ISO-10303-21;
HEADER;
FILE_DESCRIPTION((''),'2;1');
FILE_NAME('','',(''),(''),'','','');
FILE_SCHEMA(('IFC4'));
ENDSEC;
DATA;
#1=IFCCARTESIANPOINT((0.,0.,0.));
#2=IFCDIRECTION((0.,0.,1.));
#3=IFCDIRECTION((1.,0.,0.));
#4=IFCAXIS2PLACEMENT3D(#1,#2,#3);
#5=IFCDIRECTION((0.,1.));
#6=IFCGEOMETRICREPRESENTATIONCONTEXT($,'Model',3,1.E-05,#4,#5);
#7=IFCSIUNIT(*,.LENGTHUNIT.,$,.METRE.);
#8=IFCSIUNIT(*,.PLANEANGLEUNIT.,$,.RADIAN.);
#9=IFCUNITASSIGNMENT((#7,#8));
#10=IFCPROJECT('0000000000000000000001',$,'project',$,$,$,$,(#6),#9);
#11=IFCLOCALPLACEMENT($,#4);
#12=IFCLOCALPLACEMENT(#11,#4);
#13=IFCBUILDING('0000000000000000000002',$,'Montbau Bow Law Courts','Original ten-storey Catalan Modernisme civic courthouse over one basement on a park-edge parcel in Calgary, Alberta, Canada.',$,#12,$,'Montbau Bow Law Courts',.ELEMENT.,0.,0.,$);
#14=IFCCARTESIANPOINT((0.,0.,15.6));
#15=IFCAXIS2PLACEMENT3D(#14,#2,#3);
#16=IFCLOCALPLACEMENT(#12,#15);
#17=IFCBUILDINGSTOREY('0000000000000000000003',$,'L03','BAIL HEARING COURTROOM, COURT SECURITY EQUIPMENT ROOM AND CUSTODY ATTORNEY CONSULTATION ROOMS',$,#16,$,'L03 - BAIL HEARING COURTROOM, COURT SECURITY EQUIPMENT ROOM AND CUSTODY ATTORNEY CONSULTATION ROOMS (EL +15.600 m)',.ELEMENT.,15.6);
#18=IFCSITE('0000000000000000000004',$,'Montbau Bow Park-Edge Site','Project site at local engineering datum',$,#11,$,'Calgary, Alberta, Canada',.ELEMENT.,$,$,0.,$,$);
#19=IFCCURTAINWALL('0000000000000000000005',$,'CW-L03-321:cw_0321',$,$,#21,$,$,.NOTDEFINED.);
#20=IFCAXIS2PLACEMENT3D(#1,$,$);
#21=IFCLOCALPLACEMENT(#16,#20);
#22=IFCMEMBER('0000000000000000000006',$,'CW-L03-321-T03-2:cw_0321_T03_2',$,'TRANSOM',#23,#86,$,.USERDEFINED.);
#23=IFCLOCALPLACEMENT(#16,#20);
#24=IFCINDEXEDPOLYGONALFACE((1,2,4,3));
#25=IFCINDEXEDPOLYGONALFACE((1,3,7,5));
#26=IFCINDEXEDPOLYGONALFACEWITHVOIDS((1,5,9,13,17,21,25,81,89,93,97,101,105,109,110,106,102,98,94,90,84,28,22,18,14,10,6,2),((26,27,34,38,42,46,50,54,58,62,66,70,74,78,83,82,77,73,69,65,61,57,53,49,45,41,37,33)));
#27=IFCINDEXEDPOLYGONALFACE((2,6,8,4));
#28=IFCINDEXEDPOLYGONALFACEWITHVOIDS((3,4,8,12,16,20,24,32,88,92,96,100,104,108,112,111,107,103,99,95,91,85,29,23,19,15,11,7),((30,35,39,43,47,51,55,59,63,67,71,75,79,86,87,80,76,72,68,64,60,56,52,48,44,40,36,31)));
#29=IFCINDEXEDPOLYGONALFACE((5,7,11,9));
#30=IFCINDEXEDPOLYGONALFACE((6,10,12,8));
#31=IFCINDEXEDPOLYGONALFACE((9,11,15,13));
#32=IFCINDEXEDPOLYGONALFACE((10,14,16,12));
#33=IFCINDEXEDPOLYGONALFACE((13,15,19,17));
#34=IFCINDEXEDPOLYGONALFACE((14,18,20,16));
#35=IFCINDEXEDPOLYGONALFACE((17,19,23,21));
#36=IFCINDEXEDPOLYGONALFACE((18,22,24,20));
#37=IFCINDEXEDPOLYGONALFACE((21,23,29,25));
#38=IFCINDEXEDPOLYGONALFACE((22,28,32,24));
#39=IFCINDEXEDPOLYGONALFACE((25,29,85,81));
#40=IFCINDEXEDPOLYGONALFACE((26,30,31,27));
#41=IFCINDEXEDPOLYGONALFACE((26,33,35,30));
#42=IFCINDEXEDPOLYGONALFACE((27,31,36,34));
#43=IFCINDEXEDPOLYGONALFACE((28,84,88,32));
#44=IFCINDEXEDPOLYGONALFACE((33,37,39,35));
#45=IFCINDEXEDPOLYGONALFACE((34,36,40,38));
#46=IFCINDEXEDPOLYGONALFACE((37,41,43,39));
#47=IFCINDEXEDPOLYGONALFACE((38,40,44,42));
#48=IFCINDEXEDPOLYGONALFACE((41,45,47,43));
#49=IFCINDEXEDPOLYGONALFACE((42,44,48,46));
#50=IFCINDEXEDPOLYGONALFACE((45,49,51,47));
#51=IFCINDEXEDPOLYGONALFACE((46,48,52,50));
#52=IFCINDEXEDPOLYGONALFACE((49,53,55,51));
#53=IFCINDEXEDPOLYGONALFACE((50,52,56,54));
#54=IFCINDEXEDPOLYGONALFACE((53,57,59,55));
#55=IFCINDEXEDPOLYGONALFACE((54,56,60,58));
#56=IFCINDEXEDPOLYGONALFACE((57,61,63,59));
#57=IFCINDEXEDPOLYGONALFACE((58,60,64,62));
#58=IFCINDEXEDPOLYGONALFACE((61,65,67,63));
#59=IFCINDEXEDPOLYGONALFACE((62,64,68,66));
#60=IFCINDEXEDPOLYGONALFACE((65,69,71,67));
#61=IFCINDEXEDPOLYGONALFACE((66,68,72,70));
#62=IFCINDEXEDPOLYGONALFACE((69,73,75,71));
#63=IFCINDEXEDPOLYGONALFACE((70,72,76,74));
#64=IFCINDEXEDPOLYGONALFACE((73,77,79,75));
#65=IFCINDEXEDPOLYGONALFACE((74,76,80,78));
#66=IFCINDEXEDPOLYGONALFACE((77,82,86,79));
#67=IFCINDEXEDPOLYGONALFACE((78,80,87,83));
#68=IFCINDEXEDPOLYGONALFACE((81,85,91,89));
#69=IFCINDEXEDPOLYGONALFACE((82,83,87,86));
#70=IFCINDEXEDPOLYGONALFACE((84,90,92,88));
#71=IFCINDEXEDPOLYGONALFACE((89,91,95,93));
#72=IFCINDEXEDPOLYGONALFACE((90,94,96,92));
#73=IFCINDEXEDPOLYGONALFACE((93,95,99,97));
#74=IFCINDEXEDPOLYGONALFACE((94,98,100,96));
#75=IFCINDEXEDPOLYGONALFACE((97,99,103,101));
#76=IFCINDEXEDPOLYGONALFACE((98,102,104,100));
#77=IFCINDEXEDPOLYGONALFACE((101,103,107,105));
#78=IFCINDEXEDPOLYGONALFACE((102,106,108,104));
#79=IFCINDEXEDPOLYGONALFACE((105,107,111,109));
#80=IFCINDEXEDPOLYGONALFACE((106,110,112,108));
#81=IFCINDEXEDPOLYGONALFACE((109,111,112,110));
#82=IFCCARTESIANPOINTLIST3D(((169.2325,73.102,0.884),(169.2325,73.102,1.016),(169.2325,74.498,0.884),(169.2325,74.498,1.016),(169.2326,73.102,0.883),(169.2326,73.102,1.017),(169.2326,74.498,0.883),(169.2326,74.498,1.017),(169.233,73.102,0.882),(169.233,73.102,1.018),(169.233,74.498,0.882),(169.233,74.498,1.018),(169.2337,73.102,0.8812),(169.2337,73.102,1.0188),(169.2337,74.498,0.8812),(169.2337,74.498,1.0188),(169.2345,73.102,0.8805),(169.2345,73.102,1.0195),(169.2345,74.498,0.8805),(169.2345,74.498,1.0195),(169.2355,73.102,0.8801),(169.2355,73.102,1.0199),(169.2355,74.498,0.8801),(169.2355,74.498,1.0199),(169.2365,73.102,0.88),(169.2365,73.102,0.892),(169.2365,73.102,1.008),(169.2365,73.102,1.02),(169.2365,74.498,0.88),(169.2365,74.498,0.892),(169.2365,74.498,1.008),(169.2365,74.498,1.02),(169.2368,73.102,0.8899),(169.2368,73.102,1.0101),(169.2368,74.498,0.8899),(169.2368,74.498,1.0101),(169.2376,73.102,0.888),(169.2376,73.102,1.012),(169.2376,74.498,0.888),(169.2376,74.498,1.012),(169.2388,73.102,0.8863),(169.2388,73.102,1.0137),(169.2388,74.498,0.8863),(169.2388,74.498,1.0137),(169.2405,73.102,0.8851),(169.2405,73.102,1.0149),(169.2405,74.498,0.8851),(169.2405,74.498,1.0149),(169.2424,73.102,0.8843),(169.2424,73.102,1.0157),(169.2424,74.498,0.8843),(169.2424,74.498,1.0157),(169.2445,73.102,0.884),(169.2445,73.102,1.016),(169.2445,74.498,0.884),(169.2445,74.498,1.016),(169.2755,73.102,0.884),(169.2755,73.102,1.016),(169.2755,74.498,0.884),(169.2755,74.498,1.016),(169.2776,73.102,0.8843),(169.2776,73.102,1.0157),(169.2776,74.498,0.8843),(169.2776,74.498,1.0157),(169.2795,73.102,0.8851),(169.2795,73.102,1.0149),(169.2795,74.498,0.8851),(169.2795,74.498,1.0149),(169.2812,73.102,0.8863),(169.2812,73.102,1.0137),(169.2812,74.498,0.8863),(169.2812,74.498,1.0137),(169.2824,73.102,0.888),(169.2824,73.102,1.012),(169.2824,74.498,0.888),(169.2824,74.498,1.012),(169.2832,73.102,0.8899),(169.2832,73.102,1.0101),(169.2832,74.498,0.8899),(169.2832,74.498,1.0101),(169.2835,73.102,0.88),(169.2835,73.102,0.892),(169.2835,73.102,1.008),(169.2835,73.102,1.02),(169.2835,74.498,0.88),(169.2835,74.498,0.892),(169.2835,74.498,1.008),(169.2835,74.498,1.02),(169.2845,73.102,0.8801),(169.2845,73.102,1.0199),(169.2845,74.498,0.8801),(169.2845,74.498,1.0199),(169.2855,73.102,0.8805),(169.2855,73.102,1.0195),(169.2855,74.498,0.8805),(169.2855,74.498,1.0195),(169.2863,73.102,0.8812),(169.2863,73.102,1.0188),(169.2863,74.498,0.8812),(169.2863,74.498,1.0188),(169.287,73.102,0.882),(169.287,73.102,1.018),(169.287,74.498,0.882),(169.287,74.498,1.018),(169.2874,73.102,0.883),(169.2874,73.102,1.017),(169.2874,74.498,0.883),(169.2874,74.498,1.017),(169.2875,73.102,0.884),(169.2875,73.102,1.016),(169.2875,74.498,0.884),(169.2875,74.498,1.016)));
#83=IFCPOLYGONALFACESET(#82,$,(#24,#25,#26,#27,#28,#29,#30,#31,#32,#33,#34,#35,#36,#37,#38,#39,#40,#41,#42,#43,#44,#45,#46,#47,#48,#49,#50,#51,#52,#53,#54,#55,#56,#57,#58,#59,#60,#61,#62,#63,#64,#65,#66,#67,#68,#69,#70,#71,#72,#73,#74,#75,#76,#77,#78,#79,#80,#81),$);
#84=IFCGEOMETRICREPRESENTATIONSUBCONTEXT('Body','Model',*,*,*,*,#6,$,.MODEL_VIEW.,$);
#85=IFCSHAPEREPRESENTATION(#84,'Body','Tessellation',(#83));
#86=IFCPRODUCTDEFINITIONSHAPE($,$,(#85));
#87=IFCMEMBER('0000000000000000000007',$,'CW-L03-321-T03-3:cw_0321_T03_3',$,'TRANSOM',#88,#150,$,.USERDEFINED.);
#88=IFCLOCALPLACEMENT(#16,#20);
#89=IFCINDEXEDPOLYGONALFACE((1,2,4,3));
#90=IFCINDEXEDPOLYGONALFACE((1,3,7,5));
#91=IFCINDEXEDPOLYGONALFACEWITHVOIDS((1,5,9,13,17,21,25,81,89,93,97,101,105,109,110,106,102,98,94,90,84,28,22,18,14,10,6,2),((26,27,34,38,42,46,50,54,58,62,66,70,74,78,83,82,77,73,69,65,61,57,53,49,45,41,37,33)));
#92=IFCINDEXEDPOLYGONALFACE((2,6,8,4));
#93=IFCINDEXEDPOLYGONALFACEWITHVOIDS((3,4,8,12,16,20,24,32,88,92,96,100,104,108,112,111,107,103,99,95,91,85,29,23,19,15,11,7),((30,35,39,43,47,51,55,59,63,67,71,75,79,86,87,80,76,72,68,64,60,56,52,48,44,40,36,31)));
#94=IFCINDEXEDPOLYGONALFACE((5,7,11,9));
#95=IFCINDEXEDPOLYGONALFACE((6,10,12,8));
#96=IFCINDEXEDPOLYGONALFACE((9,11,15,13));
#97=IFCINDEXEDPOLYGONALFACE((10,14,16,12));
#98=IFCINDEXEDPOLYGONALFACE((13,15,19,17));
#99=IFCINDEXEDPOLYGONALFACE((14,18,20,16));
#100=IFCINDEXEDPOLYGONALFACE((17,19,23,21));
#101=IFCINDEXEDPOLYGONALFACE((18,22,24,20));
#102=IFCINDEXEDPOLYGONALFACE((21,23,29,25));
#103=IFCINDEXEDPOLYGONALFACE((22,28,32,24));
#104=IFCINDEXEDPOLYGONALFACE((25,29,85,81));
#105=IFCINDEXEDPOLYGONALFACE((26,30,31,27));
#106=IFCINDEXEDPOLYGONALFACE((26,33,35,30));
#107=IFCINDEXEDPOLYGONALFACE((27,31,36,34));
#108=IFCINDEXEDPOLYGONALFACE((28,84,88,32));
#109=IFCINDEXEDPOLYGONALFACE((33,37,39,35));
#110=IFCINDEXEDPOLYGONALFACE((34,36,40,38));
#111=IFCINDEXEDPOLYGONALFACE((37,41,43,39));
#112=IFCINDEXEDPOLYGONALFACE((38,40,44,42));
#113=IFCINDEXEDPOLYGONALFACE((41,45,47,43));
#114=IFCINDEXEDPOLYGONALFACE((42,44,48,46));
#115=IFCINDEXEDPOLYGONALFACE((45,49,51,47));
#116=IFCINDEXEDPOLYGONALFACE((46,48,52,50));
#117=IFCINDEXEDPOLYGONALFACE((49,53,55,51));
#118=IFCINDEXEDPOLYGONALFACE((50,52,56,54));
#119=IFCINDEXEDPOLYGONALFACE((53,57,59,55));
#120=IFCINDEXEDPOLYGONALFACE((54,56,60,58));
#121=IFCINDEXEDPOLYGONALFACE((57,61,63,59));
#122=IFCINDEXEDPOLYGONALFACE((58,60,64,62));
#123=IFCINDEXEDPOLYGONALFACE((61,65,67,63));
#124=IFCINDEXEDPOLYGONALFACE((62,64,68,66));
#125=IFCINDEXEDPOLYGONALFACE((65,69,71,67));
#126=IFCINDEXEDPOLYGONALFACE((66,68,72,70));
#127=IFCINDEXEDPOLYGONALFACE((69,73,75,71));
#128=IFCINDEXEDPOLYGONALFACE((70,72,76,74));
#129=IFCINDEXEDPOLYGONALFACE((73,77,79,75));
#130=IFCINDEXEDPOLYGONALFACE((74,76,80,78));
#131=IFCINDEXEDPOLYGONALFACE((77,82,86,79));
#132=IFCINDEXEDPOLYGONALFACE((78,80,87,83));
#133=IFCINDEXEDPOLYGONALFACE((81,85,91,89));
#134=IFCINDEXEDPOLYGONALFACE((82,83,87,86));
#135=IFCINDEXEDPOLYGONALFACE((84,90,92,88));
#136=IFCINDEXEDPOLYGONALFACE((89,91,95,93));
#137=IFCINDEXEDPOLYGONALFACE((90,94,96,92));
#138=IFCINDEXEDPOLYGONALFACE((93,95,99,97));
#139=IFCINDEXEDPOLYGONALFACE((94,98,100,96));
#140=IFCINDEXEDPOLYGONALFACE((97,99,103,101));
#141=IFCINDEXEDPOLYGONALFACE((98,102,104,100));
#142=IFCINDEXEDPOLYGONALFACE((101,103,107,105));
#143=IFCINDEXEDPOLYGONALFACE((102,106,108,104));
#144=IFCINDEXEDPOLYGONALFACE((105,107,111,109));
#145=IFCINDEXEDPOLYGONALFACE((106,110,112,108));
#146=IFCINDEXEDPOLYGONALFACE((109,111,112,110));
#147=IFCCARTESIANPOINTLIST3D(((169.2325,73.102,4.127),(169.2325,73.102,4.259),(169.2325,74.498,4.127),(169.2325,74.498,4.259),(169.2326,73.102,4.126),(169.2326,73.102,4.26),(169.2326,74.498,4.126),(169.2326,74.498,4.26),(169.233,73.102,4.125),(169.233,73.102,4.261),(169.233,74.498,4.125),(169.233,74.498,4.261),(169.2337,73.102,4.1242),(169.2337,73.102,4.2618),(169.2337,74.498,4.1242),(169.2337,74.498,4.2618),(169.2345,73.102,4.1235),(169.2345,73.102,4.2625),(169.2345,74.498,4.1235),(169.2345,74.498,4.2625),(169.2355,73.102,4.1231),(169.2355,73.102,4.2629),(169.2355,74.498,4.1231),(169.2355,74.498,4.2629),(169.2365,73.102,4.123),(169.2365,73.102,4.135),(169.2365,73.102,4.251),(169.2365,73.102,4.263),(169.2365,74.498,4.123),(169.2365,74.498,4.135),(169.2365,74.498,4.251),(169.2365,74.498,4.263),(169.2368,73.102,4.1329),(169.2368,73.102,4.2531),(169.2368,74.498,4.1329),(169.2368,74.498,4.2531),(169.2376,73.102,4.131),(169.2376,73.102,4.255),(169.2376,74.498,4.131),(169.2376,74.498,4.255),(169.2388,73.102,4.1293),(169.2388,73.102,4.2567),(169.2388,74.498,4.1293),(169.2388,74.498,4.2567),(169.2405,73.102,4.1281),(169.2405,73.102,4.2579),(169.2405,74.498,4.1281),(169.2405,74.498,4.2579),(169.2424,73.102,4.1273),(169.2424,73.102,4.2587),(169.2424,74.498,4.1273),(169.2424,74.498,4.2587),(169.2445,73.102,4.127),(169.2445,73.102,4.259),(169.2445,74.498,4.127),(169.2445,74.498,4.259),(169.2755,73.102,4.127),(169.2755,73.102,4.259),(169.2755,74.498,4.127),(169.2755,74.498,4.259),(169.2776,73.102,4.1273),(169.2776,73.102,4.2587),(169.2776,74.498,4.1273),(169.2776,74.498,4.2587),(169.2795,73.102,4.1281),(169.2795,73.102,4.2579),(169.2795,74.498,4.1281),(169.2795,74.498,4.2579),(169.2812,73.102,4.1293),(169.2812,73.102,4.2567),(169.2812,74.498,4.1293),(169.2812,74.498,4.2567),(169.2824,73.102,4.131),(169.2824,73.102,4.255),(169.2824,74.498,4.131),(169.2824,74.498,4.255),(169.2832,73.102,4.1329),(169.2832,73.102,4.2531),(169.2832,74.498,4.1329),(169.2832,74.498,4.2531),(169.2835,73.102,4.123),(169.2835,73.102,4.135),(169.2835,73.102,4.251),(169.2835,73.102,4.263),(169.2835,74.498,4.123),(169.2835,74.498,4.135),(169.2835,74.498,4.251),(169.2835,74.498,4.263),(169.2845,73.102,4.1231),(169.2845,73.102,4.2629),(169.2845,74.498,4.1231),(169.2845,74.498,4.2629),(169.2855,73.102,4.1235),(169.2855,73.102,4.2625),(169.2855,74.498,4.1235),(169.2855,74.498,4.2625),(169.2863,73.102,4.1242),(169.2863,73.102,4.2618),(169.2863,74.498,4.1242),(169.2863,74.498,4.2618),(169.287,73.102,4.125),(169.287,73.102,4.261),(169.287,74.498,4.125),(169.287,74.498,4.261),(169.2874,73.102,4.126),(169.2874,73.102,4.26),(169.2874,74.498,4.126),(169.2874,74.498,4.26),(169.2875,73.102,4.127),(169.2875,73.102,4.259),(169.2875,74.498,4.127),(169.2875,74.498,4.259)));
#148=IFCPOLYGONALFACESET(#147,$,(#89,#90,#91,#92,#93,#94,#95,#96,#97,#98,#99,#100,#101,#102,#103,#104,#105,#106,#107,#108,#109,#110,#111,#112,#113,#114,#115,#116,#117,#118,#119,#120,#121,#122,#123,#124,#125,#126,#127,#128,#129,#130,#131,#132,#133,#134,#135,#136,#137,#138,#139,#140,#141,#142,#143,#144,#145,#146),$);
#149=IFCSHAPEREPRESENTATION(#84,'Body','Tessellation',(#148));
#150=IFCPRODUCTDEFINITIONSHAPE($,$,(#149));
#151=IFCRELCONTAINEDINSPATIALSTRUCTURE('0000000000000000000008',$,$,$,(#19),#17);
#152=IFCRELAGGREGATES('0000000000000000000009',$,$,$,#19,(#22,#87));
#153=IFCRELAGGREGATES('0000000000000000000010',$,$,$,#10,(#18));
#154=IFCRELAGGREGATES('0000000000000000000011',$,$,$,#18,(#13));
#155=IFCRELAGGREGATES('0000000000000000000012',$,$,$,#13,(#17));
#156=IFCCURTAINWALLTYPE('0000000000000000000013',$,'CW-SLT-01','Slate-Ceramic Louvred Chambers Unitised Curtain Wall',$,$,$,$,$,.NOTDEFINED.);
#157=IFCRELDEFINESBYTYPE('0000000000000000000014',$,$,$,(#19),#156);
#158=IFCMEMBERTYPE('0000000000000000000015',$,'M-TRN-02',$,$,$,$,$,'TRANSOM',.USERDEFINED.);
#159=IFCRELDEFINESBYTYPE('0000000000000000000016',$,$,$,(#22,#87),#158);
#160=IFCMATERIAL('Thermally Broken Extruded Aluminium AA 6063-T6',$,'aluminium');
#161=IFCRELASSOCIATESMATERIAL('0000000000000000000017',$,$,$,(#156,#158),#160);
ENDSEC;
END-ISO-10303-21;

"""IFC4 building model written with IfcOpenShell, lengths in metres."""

from ifc_helpers import new_model, si_unit, direction, frame, origin_with_axes, origin_2d_with_axis, place, context, subcontext, project, spatial, hollow_rectangle, extrude, material, material_profile, profile_set, type_object, element, aggregate, save


model = new_model("IFC4")

# Units and contexts
model_context = context("Model", 3, precision=1e-05, world=origin_with_axes(), true_north=direction((0.0, 1.0)))
body_context = subcontext(model_context, "Body", "Model", "MODEL_VIEW")
ifc_project = project(units=[si_unit("LENGTHUNIT", "METRE"), si_unit("PLANEANGLEUNIT", "RADIAN")], contexts=[model_context])

# Site, building, storey
site_placement = place(None, origin_with_axes())
site = spatial("IfcSite", under=ifc_project, at=site_placement, Name="Montbau Bow Park-Edge Site", Description="Project site at local engineering datum", LongName="Calgary, Alberta, Canada", CompositionType="ELEMENT", RefElevation=0.0)
building_placement = place(site_placement, origin_with_axes())
building = spatial("IfcBuilding", under=site, at=building_placement, Name="Montbau Bow Law Courts", Description="Original ten-storey Catalan Modernisme civic courthouse over one basement on a park-edge parcel in Calgary, Alberta, Canada.", LongName="Montbau Bow Law Courts", CompositionType="ELEMENT", ElevationOfRefHeight=0.0, ElevationOfTerrain=0.0)
storey_placement = place(building_placement, frame((0.0, 0.0, 15.6), z_axis=(0.0, 0.0, 1.0), x_axis=(1.0, 0.0, 0.0)))
storey = spatial("IfcBuildingStorey", under=building, at=storey_placement, Name="L03", Description="BAIL HEARING COURTROOM, COURT SECURITY EQUIPMENT ROOM AND CUSTODY ATTORNEY CONSULTATION ROOMS", LongName="L03 - BAIL HEARING COURTROOM, COURT SECURITY EQUIPMENT ROOM AND CUSTODY ATTORNEY CONSULTATION ROOMS (EL +15.600 m)", CompositionType="ELEMENT", Elevation=15.6)

# Curtain wall, members
ifc_material_1 = material(Name="Thermally Broken Extruded Aluminium AA 6063-T6", Category="aluminium")
curtain_wall_type = type_object("IfcCurtainWallType", Name="CW-SLT-01", Description="Slate-Ceramic Louvred Chambers Unitised Curtain Wall", PredefinedType="NOTDEFINED", material=ifc_material_1)
curtain_wall_placement = place(None, frame((169.26, 70.115, 15.6), z_axis=(0.0, 0.0, 1.0), x_axis=(1.0, 0.0, 0.0)))
curtain_wall = element("IfcCurtainWall", 1, at=curtain_wall_placement, inside=storey, type_object=curtain_wall_type, Name="CW-L03-321:cw_0321", PredefinedType="NOTDEFINED")
ifc_material_profile_1 = material_profile(ifc_material_1, hollow_rectangle(XDim=0.055, YDim=0.14, WallThickness=0.004, InnerFilletRadius=0.008, OuterFilletRadius=0.004, at=origin_2d_with_axis()), Name="CWT-140X55", Category="Main", Priority=0)
ifc_profile_set_1 = profile_set([ifc_material_profile_1], Name="Thermally Broken Extruded Aluminium AA 6063-T6")
member_type_1 = type_object("IfcMemberType", Name="M-TRN-02", ElementType="TRANSOM", PredefinedType="USERDEFINED", material=ifc_profile_set_1)
member_1_placement = place(None, frame((169.26, 73.102, 16.55), z_axis=(0.0, 1.0, 0.0), x_axis=(-1.0, 0.0, 0.0)))
member_1 = element("IfcMember", 2, at=member_1_placement, type_object=member_type_1, Name="CW-L03-321-T03-2:cw_0321_T03_2", ObjectType="TRANSOM", PredefinedType="USERDEFINED", context=body_context, shape_type="SweptSolid", body=[
    extrude(hollow_rectangle(XDim=0.055, YDim=0.14, WallThickness=0.004, InnerFilletRadius=0.008, OuterFilletRadius=0.004, at=origin_2d_with_axis()), origin_with_axes(), (0.0, 0.0, 1.0), 1.396),
])
member_2_placement = place(None, frame((169.26, 73.102, 19.793), z_axis=(0.0, 1.0, 0.0), x_axis=(-1.0, 0.0, 0.0)))
member_2 = element("IfcMember", 3, at=member_2_placement, type_object=member_type_1, Name="CW-L03-321-T03-3:cw_0321_T03_3", ObjectType="TRANSOM", PredefinedType="USERDEFINED", context=body_context, shape_type="SweptSolid", body=[
    extrude(hollow_rectangle(XDim=0.055, YDim=0.14, WallThickness=0.004, InnerFilletRadius=0.008, OuterFilletRadius=0.004, at=origin_2d_with_axis()), origin_with_axes(), (0.0, 0.0, 1.0), 1.396),
])
aggregate(curtain_wall, [member_1, member_2])

save(model, "model.ifc")
